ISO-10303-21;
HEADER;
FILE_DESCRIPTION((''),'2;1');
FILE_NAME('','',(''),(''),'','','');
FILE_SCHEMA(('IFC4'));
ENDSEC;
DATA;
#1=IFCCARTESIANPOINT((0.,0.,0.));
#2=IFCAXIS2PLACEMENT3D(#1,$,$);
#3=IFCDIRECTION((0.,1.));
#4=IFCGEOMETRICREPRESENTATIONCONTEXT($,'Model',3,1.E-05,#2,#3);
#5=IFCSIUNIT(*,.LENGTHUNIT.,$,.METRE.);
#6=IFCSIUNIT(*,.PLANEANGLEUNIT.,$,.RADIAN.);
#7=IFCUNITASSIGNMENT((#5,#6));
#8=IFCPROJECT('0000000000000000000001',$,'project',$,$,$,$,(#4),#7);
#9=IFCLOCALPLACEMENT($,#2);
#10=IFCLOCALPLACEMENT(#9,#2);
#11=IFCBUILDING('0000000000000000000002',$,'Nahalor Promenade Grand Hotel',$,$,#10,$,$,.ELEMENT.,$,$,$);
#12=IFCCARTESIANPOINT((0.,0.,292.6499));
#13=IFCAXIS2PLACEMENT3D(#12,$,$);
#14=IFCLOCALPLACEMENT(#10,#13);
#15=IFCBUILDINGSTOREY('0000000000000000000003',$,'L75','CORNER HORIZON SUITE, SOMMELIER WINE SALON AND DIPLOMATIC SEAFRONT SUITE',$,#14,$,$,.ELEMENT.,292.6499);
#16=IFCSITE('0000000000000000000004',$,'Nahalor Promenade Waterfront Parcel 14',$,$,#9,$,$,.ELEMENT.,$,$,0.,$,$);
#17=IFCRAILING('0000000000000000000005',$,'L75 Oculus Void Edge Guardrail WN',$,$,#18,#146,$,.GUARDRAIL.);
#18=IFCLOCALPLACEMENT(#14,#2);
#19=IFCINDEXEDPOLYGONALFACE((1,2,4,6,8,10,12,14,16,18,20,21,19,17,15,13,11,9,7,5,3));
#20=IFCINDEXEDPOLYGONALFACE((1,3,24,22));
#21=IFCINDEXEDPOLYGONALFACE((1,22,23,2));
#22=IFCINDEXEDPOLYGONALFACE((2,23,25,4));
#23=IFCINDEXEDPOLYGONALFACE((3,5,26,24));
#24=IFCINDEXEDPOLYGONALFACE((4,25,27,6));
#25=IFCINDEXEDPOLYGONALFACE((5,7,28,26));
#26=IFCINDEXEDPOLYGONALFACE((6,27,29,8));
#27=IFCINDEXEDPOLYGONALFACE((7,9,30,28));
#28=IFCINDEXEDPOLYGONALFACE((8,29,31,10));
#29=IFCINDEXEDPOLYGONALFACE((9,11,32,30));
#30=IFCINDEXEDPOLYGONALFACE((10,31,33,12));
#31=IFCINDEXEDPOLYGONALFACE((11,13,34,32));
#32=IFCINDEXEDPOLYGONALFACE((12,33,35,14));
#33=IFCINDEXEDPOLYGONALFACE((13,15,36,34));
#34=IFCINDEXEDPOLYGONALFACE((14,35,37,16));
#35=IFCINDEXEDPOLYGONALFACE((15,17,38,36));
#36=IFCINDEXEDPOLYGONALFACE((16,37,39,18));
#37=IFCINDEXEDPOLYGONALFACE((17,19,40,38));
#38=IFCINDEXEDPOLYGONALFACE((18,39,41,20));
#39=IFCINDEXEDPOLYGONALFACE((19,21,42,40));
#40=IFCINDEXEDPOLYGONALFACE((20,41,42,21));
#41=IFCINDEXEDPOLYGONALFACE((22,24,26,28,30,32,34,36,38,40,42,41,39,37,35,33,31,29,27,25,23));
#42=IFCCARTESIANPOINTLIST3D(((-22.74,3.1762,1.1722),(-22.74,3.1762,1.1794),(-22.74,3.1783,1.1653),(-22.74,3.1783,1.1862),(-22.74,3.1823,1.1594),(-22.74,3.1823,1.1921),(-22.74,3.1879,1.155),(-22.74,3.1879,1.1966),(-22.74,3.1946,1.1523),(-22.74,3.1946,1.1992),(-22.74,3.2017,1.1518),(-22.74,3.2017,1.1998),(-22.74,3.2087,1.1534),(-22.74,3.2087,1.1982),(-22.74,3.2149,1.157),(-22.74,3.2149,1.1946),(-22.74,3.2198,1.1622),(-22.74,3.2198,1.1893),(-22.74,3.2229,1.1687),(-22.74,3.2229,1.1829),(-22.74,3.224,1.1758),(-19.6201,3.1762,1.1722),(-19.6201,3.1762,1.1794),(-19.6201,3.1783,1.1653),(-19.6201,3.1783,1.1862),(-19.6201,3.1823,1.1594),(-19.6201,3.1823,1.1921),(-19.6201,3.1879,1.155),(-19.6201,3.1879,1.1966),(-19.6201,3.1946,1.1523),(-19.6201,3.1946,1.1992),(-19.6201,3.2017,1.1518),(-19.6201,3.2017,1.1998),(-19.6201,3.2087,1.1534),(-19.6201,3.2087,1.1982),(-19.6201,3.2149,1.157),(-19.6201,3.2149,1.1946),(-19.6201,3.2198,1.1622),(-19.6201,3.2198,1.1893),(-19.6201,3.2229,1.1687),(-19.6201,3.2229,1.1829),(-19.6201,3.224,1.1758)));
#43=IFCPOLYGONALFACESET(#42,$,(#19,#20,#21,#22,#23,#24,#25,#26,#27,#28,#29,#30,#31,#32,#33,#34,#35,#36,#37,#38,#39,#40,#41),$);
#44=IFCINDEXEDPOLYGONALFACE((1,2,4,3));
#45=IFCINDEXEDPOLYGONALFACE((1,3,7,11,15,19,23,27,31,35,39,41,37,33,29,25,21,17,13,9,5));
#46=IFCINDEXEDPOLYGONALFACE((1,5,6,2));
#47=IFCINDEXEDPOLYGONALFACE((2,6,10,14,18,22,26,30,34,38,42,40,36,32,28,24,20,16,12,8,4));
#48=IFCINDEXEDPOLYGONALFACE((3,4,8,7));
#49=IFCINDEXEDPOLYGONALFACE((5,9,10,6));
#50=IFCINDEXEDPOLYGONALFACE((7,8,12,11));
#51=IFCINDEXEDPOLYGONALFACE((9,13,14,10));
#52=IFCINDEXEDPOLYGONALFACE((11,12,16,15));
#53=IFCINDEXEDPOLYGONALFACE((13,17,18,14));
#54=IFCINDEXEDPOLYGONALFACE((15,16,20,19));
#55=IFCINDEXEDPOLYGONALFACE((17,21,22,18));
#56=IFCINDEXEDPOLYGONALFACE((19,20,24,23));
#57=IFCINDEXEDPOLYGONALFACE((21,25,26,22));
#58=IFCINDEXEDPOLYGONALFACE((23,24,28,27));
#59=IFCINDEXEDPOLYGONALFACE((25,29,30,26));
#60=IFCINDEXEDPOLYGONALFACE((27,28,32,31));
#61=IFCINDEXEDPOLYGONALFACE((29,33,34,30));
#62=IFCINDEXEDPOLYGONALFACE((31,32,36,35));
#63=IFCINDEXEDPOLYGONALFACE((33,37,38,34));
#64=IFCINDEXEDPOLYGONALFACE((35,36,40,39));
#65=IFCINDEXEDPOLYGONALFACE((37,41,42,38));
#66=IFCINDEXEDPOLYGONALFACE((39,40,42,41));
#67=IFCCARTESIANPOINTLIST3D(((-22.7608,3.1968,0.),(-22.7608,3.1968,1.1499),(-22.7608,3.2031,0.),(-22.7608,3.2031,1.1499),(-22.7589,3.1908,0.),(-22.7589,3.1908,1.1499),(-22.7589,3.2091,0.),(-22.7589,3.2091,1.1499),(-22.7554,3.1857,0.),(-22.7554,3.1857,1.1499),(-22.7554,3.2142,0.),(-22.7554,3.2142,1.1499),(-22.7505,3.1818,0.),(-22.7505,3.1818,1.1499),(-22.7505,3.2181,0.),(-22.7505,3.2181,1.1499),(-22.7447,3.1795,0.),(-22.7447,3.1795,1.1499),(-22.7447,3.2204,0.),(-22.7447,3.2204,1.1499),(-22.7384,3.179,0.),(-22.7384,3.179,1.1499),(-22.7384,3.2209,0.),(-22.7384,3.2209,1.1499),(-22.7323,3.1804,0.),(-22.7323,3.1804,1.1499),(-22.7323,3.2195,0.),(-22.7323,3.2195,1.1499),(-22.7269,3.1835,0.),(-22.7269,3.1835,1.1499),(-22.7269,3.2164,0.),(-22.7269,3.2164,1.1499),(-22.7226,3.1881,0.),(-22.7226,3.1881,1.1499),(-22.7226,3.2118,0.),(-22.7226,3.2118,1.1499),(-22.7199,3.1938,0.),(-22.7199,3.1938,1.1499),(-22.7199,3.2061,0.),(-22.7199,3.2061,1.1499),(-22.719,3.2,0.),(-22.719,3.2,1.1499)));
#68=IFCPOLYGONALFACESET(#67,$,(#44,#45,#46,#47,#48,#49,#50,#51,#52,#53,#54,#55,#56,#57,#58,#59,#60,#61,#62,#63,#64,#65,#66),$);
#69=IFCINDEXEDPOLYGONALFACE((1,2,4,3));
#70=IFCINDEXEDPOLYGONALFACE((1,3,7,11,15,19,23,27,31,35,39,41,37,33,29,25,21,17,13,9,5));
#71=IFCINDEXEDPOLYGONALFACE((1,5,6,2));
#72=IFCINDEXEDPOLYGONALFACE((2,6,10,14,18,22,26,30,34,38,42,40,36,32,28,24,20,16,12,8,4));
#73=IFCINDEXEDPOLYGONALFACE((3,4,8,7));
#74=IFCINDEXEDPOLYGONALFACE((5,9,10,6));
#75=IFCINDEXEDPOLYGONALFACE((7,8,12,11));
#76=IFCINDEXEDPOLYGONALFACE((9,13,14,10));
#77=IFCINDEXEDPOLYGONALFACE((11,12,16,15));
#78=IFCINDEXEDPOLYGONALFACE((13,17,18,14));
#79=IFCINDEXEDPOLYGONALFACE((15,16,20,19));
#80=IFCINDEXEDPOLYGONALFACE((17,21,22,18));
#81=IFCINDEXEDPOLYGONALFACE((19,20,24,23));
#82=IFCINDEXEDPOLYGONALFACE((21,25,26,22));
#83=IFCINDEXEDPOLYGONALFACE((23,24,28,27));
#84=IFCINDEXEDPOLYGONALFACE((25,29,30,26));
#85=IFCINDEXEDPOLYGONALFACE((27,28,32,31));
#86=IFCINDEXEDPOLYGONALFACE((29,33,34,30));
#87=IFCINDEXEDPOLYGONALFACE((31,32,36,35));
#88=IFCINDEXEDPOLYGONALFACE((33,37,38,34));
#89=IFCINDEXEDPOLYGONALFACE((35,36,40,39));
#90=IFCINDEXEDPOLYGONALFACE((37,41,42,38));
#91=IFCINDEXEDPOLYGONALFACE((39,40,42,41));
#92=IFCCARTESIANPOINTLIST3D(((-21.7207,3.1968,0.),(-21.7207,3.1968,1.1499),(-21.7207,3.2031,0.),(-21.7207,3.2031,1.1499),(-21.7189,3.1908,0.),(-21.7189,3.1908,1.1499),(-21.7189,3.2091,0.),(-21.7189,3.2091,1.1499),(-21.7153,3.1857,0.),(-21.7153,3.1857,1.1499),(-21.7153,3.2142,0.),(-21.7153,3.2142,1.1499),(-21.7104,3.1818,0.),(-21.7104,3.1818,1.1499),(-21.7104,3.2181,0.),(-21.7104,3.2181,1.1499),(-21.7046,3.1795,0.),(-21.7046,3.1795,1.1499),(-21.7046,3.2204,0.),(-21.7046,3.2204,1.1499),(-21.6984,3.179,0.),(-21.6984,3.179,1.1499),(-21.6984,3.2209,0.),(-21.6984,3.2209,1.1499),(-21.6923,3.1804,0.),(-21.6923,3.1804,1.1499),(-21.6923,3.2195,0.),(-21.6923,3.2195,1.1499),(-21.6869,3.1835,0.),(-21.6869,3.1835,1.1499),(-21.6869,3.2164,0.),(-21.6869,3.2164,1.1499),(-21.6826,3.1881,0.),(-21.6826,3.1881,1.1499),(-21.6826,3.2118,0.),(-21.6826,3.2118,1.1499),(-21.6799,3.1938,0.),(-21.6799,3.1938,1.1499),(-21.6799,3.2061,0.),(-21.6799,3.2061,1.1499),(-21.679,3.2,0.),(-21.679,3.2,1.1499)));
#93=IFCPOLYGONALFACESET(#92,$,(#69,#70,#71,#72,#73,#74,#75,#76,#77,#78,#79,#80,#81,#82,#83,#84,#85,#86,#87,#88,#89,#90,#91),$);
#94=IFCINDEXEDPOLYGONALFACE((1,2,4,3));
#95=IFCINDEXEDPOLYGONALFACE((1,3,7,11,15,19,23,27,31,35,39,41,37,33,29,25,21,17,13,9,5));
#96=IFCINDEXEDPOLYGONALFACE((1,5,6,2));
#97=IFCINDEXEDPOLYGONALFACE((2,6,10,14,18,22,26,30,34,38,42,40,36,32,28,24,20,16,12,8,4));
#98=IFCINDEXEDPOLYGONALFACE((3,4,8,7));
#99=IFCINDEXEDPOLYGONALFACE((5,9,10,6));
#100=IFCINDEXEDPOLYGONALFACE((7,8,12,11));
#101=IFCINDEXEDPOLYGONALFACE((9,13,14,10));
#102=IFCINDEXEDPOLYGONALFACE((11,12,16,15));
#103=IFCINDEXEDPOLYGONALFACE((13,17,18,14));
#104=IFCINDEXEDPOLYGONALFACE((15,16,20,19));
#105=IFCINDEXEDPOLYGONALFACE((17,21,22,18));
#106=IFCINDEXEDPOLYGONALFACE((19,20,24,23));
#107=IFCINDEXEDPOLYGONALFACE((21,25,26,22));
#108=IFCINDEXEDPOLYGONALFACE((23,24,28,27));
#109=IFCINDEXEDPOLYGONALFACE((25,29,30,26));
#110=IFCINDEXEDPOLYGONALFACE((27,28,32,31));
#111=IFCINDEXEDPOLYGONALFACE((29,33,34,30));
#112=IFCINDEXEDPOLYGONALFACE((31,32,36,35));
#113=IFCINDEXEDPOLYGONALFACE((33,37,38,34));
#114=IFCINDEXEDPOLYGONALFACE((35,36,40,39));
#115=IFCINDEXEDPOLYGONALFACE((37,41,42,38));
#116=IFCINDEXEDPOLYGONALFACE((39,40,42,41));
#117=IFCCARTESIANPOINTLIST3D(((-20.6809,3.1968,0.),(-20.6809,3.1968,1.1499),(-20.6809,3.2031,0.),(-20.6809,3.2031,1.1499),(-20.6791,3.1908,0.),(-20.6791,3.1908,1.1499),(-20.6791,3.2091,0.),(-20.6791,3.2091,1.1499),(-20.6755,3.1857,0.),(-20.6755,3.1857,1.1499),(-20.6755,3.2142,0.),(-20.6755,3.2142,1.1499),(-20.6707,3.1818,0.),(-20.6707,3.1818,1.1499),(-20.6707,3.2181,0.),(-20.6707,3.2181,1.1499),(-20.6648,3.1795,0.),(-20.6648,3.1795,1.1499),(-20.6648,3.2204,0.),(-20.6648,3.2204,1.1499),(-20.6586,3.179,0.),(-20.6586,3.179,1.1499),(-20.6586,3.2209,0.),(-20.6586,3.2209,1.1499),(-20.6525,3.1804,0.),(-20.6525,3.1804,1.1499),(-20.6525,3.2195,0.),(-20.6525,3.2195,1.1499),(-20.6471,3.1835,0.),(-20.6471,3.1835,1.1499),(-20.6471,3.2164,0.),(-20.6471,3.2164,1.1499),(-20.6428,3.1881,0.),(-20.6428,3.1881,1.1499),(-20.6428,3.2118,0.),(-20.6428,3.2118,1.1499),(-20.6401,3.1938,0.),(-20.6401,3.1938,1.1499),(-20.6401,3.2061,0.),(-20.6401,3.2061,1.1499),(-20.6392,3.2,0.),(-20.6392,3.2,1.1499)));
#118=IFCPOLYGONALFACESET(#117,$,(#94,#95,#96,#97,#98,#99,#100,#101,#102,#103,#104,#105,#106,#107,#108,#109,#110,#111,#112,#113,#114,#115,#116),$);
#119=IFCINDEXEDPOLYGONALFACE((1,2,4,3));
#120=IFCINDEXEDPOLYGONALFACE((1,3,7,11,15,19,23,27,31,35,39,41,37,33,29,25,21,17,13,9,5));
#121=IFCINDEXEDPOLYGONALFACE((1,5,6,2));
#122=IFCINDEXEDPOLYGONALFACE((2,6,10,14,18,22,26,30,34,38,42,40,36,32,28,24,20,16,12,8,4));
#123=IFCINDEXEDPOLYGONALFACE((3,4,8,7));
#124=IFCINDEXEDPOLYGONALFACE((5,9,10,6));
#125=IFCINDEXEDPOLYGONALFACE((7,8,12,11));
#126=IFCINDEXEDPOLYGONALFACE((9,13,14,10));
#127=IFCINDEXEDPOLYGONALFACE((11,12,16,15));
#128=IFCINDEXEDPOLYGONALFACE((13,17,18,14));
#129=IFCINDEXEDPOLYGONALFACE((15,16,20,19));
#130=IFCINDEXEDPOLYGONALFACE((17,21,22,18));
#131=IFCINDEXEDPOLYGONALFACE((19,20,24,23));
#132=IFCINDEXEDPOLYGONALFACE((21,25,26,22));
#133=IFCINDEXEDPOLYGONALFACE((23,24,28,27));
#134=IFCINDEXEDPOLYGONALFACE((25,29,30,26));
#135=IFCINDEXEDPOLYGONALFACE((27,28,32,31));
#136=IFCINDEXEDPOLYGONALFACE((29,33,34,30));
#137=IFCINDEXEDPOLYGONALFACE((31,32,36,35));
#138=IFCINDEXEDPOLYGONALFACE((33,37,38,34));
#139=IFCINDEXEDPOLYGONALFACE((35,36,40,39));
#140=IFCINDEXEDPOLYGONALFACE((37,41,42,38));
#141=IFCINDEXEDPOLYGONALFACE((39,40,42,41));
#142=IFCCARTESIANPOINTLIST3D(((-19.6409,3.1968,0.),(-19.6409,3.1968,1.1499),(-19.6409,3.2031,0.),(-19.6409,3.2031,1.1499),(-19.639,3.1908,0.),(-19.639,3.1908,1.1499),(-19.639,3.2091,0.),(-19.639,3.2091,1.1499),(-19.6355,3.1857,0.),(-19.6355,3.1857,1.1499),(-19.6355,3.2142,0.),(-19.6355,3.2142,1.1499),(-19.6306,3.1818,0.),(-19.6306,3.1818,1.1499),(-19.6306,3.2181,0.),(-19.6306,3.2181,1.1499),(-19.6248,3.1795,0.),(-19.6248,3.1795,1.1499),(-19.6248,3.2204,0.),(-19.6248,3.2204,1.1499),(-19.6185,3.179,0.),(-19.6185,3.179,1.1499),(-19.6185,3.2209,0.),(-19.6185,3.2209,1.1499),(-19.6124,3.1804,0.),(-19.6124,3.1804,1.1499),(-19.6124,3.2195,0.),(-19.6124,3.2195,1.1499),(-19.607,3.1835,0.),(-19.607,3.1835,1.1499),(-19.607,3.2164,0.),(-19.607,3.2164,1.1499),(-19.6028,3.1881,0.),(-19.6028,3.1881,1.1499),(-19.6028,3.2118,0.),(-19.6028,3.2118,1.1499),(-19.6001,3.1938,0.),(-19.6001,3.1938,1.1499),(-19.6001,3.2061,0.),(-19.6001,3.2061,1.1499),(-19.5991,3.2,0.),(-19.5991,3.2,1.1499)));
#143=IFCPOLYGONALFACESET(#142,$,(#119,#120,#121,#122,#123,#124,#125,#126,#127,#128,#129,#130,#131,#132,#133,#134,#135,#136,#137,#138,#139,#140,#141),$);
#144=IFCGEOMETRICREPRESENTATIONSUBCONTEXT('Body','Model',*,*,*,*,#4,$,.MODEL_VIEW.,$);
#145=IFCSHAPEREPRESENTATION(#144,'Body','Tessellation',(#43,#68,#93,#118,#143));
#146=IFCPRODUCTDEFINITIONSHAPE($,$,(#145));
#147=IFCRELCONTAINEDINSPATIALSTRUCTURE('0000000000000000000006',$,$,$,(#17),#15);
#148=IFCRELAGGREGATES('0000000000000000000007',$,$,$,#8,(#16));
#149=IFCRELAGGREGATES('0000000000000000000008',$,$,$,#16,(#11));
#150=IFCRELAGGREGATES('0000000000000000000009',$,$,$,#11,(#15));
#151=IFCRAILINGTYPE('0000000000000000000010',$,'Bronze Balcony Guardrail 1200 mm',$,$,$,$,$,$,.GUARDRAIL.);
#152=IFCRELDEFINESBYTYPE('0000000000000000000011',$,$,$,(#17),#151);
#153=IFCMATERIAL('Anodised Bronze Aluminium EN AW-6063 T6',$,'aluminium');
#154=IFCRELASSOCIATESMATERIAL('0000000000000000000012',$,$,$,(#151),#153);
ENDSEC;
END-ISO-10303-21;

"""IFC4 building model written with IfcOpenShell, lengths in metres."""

from ifc_helpers import new_model, si_unit, direction, frame, origin, origin_2d, place, context, subcontext, project, spatial, circle, extrude, material, type_object, element, save


model = new_model("IFC4")

# Units and contexts
model_context = context("Model", 3, precision=1e-05, world=origin(), true_north=direction((0.0, 1.0)))
body_context = subcontext(model_context, "Body", "Model", "MODEL_VIEW")
ifc_project = project(units=[si_unit("LENGTHUNIT", "METRE"), si_unit("PLANEANGLEUNIT", "RADIAN")], contexts=[model_context])

# Site, building, storey
site_placement = place(None, origin())
site = spatial("IfcSite", under=ifc_project, at=site_placement, Name="Nahalor Promenade Waterfront Parcel 14", CompositionType="ELEMENT", RefElevation=0.0)
building_placement = place(site_placement, origin())
building = spatial("IfcBuilding", under=site, at=building_placement, Name="Nahalor Promenade Grand Hotel", CompositionType="ELEMENT")
storey_placement = place(building_placement, frame((0.0, 0.0, 292.6499)))
storey = spatial("IfcBuildingStorey", under=building, at=storey_placement, Name="L75", Description="CORNER HORIZON SUITE, SOMMELIER WINE SALON AND DIPLOMATIC SEAFRONT SUITE", CompositionType="ELEMENT", Elevation=292.6499)

# Shared definitions
ifc_material_1 = material(Name="Anodised Bronze Aluminium EN AW-6063 T6", Category="aluminium")

# Railing
railing_type = type_object("IfcRailingType", Name="Bronze Balcony Guardrail 1200 mm", PredefinedType="GUARDRAIL", material=ifc_material_1)
for number, where, name in (
    (1, (-22.74, 3.2, 0.0), "L75 Oculus Void Edge Guardrail WN"),
):
    element("IfcRailing", number, at=place(storey_placement, frame(where)), inside=storey, type_object=railing_type, Name=name, PredefinedType="GUARDRAIL", context=body_context, shape_type="SweptSolid", body=[
        extrude(circle(Radius=0.024, at=origin_2d()), frame((0.0, 0.0, 1.1758), z_axis=(1.0, 0.0, 0.0), x_axis=(0.0, 1.0, 0.0)), (0.0, 0.0, 1.0), 3.1199),
        extrude(circle(Radius=0.021, at=origin_2d()), origin(), (0.0, 0.0, 1.0), 1.1499),
        extrude(circle(Radius=0.021, at=origin_2d()), frame((1.04, 0.0, 0.0)), (0.0, 0.0, 1.0), 1.1499),
        extrude(circle(Radius=0.021, at=origin_2d()), frame((2.0798, 0.0, 0.0)), (0.0, 0.0, 1.0), 1.1499),
        extrude(circle(Radius=0.021, at=origin_2d()), frame((3.1199, 0.0, 0.0)), (0.0, 0.0, 1.0), 1.1499),
    ])

save(model, "model.ifc")
